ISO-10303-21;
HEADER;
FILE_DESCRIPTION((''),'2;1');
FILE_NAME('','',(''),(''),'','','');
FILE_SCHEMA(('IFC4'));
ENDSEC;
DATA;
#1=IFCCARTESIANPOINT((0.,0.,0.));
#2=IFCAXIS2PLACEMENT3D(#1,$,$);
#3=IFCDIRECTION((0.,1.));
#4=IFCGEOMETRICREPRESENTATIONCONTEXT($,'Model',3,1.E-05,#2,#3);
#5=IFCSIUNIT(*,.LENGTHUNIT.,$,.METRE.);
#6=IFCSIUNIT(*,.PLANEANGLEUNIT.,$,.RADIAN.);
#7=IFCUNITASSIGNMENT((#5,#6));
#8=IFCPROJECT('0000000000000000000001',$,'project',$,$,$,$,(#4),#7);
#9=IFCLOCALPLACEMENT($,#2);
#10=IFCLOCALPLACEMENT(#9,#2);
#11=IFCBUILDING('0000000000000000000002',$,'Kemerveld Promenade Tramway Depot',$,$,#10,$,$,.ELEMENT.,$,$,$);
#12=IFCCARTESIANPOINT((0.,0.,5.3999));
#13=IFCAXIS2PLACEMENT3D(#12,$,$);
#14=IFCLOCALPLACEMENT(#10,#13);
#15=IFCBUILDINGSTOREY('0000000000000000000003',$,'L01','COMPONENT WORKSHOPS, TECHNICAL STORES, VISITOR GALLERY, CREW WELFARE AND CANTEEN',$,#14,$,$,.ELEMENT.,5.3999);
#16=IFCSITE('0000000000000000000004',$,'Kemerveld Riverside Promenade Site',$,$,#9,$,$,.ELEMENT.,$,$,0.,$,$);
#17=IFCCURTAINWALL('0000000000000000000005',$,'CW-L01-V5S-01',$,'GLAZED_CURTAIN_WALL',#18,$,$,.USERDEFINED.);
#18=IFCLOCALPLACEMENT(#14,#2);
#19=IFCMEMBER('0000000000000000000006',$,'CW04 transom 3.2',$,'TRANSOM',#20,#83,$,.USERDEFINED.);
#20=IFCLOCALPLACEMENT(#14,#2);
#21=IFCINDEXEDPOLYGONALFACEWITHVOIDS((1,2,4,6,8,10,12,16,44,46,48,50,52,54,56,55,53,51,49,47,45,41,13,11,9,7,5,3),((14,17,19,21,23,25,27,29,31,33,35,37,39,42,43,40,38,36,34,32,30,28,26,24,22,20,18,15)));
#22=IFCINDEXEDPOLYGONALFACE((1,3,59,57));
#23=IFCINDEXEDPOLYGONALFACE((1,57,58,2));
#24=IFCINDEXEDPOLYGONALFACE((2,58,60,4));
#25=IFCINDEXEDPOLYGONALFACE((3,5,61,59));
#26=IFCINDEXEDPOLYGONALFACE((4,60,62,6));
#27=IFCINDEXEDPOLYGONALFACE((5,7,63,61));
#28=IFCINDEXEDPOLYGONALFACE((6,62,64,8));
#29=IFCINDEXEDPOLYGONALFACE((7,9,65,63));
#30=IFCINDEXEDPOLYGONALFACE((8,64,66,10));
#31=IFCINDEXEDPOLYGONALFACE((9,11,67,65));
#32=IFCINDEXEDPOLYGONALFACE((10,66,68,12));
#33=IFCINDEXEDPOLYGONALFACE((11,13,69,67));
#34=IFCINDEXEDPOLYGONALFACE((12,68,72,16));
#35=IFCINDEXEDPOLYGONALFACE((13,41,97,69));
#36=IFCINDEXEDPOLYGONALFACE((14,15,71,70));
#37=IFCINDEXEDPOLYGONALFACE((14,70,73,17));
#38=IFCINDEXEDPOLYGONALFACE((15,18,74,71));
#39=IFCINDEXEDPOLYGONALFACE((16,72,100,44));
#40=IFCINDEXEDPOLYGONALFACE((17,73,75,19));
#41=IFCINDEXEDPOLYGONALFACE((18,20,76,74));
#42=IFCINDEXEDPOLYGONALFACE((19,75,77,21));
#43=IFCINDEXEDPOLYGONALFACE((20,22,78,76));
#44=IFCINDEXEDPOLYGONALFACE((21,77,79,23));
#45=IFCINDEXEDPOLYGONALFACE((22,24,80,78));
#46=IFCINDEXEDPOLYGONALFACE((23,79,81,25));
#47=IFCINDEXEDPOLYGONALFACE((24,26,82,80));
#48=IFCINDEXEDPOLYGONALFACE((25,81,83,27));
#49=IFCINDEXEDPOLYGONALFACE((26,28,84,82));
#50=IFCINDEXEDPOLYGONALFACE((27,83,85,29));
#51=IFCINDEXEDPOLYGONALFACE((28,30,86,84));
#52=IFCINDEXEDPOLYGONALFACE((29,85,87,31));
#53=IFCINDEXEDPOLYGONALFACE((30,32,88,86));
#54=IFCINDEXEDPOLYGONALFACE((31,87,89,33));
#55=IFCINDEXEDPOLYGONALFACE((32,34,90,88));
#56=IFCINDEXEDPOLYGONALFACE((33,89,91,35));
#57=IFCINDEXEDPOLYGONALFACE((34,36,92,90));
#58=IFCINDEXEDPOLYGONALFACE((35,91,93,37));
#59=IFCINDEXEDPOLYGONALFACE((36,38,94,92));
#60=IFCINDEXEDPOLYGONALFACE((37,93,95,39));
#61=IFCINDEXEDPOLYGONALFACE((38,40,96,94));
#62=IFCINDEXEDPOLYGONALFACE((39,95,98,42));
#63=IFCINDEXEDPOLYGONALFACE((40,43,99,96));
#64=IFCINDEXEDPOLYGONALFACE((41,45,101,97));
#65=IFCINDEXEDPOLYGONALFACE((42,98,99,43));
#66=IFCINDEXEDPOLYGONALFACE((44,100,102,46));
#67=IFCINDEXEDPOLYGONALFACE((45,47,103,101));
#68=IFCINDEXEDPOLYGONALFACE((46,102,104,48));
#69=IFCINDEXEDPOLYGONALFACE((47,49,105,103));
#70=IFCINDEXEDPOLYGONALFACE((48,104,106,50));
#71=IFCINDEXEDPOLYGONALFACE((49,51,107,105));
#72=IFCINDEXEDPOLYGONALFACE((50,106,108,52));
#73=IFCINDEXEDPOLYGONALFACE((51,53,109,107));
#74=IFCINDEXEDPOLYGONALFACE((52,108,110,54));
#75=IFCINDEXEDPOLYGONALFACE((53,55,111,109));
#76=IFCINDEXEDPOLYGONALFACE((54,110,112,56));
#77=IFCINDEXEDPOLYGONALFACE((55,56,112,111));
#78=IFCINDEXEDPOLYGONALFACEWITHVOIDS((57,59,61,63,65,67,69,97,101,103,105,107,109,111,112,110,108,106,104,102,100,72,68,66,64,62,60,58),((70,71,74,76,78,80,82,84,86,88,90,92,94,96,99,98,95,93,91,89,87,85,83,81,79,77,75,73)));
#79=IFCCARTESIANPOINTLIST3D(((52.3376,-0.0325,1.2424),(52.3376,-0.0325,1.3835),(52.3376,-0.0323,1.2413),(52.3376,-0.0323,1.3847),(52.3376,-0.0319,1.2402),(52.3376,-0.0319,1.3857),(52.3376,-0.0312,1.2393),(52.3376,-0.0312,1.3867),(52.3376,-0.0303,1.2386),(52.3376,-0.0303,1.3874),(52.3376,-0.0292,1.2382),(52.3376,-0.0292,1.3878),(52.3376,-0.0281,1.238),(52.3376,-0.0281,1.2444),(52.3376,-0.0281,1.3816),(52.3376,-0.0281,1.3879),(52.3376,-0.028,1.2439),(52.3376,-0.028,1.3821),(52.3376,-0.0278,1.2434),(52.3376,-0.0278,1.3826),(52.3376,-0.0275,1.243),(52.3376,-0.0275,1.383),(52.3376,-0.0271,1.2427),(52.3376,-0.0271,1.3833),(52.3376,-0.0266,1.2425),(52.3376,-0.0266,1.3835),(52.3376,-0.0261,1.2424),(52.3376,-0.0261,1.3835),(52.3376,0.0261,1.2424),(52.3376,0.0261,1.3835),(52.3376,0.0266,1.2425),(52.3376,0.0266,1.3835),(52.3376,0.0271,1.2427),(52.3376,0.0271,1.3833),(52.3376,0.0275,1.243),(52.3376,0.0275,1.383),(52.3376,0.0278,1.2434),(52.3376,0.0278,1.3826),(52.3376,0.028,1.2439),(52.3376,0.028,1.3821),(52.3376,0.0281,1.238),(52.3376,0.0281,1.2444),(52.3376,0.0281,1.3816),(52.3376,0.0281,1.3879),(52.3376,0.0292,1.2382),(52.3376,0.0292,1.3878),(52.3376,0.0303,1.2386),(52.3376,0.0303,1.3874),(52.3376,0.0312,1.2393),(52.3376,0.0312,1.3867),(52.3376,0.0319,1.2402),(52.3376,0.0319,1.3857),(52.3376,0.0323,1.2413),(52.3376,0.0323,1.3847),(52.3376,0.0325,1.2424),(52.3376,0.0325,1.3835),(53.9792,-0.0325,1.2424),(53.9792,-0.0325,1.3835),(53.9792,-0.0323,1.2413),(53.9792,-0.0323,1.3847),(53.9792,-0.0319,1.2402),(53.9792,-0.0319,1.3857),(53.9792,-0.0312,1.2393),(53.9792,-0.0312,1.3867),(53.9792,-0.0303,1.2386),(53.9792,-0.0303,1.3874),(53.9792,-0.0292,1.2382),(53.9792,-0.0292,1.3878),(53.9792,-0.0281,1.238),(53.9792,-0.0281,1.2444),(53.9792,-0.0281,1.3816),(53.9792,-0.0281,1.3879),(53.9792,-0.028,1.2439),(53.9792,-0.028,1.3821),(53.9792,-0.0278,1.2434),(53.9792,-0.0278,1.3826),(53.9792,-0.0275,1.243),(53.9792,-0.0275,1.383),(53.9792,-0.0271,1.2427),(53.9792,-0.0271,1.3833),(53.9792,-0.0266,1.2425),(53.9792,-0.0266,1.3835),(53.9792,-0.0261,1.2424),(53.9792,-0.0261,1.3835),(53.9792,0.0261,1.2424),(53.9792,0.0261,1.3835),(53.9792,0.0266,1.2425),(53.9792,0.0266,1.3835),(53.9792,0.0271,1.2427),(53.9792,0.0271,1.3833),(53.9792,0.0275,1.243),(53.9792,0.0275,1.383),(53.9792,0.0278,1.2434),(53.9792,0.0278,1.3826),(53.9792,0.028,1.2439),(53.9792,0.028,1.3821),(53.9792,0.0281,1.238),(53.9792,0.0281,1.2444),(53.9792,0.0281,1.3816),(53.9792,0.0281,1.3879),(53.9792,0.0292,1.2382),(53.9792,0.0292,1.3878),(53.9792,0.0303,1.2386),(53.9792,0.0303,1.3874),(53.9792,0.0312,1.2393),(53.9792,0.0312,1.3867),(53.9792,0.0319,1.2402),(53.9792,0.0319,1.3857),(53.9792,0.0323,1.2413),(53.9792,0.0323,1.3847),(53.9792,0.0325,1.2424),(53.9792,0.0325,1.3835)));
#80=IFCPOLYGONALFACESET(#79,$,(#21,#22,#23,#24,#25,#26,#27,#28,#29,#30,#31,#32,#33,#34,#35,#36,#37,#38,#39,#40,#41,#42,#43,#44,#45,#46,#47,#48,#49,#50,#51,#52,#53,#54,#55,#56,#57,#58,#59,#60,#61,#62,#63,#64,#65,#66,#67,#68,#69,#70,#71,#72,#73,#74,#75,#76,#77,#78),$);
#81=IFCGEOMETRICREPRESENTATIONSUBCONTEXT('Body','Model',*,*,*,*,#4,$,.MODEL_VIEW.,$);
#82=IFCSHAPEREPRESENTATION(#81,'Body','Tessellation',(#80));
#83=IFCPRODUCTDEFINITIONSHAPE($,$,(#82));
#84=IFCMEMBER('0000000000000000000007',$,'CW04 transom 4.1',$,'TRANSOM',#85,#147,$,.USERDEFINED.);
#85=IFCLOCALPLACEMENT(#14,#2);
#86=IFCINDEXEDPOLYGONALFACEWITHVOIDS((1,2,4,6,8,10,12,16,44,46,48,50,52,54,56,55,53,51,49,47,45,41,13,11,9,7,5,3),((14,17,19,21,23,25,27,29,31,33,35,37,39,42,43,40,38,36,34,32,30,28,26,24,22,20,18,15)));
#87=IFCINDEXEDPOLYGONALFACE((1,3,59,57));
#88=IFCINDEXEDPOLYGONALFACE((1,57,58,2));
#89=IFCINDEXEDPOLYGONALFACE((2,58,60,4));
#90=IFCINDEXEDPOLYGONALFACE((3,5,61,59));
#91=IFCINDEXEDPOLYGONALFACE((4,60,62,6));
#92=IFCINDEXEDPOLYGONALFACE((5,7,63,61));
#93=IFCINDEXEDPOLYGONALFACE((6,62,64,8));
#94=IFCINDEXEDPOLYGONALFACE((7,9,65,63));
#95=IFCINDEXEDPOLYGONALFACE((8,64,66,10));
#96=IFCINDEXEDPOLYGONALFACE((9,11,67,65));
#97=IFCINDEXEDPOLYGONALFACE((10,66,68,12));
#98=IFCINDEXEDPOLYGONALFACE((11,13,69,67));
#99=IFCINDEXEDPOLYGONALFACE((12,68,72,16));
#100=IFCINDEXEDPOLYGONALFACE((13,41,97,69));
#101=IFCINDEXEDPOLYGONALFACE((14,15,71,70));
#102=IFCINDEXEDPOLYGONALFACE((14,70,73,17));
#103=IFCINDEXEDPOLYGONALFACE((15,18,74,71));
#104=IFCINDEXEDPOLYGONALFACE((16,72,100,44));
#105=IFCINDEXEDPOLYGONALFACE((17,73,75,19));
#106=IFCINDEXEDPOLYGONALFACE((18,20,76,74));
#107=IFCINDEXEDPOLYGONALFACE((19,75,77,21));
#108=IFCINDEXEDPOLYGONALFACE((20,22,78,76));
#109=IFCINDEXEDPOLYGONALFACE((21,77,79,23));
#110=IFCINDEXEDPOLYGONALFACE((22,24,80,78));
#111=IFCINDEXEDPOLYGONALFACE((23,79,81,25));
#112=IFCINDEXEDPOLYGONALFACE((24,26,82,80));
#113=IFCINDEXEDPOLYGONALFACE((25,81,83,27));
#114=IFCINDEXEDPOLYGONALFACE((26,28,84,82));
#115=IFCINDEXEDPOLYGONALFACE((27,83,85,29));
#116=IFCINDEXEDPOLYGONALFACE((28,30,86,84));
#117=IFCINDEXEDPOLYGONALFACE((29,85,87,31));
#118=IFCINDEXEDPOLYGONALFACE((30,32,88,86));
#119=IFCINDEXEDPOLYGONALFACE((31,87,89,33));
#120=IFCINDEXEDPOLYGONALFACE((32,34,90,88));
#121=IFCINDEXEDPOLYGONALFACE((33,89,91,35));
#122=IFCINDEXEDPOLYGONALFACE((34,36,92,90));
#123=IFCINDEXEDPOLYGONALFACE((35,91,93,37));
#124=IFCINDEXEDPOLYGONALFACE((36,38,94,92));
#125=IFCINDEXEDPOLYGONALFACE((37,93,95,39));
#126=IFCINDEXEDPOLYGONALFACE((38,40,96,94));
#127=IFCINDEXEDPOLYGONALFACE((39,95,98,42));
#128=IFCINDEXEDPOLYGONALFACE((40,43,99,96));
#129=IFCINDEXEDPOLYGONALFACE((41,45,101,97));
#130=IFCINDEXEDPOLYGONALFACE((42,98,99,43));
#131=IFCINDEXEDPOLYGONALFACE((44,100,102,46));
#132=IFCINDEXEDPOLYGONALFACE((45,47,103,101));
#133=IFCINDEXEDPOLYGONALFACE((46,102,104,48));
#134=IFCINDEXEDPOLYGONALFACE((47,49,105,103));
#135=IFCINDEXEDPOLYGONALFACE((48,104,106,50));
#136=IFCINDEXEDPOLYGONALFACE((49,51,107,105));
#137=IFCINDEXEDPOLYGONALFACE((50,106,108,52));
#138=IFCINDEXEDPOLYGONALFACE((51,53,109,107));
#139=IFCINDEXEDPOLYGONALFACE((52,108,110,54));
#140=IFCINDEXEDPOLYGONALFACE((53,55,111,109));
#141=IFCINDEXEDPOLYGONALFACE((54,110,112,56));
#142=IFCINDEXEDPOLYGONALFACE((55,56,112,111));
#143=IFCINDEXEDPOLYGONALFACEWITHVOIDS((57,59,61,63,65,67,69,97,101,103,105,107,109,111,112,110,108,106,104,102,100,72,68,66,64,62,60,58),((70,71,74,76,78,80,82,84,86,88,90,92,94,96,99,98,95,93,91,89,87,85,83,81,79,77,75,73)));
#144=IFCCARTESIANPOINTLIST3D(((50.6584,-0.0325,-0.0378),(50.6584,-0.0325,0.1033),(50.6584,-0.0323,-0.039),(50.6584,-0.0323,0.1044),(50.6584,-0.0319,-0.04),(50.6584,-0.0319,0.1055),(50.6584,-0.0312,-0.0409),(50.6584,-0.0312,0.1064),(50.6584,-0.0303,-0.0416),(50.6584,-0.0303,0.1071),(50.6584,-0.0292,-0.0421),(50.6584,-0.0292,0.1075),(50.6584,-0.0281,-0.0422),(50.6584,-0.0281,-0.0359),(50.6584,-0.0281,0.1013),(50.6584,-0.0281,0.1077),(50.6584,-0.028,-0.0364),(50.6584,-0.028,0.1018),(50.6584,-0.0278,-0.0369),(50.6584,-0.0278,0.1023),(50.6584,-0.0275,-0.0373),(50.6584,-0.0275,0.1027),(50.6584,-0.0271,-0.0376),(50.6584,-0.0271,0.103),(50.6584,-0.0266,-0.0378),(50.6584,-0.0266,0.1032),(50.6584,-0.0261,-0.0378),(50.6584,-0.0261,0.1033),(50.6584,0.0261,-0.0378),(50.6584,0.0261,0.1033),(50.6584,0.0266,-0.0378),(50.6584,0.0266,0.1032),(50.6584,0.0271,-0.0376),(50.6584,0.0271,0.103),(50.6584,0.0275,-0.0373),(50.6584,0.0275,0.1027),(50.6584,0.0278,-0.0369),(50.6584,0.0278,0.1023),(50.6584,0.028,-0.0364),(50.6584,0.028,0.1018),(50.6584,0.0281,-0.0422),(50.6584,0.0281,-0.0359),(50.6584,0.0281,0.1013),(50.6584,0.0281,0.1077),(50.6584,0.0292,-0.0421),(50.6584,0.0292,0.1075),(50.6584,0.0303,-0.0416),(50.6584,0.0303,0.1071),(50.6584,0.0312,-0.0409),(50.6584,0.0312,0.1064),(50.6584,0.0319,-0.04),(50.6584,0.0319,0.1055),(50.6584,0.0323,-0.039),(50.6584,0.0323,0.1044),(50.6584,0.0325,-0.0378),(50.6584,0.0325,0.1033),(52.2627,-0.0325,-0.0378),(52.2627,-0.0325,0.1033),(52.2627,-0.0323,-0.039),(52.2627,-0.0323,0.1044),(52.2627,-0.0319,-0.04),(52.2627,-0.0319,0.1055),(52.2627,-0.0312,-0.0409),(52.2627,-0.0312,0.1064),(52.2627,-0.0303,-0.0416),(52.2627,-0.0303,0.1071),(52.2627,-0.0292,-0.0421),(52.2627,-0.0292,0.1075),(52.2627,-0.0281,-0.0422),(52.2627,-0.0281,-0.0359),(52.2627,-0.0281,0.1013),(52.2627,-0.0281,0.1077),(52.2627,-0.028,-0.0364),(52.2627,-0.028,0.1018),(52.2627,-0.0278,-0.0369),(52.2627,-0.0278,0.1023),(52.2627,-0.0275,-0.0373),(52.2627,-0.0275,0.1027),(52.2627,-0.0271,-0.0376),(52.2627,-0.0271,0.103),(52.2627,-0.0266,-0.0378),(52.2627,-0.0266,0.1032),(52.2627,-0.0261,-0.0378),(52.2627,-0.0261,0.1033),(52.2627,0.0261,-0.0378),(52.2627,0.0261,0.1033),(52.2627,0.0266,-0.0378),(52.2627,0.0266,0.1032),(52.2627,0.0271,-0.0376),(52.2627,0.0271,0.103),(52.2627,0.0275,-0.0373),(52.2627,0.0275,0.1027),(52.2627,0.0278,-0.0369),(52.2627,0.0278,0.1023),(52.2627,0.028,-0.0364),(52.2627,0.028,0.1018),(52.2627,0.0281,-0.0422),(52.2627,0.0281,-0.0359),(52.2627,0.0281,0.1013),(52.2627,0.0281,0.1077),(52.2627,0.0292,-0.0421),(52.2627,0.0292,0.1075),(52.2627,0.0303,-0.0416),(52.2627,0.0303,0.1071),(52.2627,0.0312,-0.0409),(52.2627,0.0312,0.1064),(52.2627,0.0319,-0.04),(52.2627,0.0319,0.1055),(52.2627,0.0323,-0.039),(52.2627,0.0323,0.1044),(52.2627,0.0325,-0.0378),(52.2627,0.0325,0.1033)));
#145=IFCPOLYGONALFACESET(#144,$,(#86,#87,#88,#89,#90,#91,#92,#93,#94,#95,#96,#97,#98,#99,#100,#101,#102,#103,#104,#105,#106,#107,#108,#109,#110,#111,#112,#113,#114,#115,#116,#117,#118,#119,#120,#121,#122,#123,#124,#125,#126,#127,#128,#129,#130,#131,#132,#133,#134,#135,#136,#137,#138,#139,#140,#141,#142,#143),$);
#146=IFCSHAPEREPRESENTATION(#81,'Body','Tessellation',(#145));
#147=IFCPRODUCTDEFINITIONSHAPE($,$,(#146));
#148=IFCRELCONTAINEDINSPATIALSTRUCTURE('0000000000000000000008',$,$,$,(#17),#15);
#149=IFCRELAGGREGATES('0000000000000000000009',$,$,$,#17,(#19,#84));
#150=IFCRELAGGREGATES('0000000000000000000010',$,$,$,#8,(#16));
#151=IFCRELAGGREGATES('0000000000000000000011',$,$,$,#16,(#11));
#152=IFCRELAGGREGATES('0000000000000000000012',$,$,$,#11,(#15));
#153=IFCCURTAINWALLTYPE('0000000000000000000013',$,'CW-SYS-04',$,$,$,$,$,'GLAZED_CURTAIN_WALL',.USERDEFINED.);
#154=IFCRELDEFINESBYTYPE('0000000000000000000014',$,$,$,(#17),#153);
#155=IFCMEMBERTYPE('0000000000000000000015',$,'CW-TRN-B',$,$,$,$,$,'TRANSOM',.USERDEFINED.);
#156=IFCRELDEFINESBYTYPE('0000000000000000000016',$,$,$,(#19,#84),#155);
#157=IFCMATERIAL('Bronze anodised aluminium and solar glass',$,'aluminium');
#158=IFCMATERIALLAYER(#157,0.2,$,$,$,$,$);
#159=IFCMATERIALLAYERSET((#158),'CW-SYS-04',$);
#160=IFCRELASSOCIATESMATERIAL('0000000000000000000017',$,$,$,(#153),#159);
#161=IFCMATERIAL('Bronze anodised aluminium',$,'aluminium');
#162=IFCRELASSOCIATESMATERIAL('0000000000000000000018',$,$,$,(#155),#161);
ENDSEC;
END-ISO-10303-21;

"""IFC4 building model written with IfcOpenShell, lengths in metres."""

from ifc_helpers import new_model, si_unit, direction, frame, origin, origin_2d, place, context, subcontext, project, spatial, hollow_rectangle, extrude, material, layer, layer_set, material_profile, profile_set, type_object, element, aggregate, save


model = new_model("IFC4")

# Units and contexts
model_context = context("Model", 3, precision=1e-05, world=origin(), true_north=direction((0.0, 1.0)))
body_context = subcontext(model_context, "Body", "Model", "MODEL_VIEW")
ifc_project = project(units=[si_unit("LENGTHUNIT", "METRE"), si_unit("PLANEANGLEUNIT", "RADIAN")], contexts=[model_context])

# Site, building, storey
site_placement = place(None, origin())
site = spatial("IfcSite", under=ifc_project, at=site_placement, Name="Kemerveld Riverside Promenade Site", CompositionType="ELEMENT", RefElevation=0.0)
building_placement = place(site_placement, origin())
building = spatial("IfcBuilding", under=site, at=building_placement, Name="Kemerveld Promenade Tramway Depot", CompositionType="ELEMENT")
storey_placement = place(building_placement, frame((0.0, 0.0, 5.3999)))
storey = spatial("IfcBuildingStorey", under=building, at=storey_placement, Name="L01", Description="COMPONENT WORKSHOPS, TECHNICAL STORES, VISITOR GALLERY, CREW WELFARE AND CANTEEN", CompositionType="ELEMENT", Elevation=5.3999)

# Curtain wall, members
ifc_material_1 = material(Name="Bronze anodised aluminium and solar glass", Category="aluminium")
ifc_layer_1 = layer(ifc_material_1, 0.2)
ifc_layer_set_1 = layer_set([ifc_layer_1], Name="CW-SYS-04")
curtain_wall_type = type_object("IfcCurtainWallType", Name="CW-SYS-04", ElementType="GLAZED_CURTAIN_WALL", PredefinedType="USERDEFINED", material=ifc_layer_set_1)
curtain_wall_placement = place(storey_placement, origin())
curtain_wall = element("IfcCurtainWall", 1, at=curtain_wall_placement, inside=storey, type_object=curtain_wall_type, Name="CW-L01-V5S-01", ObjectType="GLAZED_CURTAIN_WALL", PredefinedType="USERDEFINED")
ifc_material_2 = material(Name="Bronze anodised aluminium", Category="aluminium")
ifc_material_profile_1 = material_profile(ifc_material_2, hollow_rectangle(XDim=0.0649, YDim=0.1499, WallThickness=0.0044, InnerFilletRadius=0.002, OuterFilletRadius=0.0044, at=origin_2d()), Name="CW-TRN-150x65")
ifc_profile_set_1 = profile_set([ifc_material_profile_1], Name="Bronze anodised aluminium")
member_type_1 = type_object("IfcMemberType", Name="CW-TRN-B", ElementType="TRANSOM", PredefinedType="USERDEFINED", material=ifc_profile_set_1)
member_1_placement = place(storey_placement, frame((53.9792, 0.0, 1.313), z_axis=(-1.0, 0.0, 0.0), x_axis=(0.0, -1.0, 0.0)))
member_1 = element("IfcMember", 2, at=member_1_placement, type_object=member_type_1, Name="CW04 transom 3.2", ObjectType="TRANSOM", PredefinedType="USERDEFINED", context=body_context, shape_type="SweptSolid", body=[
    extrude(hollow_rectangle(XDim=0.0649, YDim=0.1499, WallThickness=0.0044, InnerFilletRadius=0.002, OuterFilletRadius=0.0044, at=origin_2d()), origin(), (0.0, 0.0, 1.0), 1.6416),
])
member_2_placement = place(storey_placement, frame((52.2627, 0.0, 0.0327), z_axis=(-1.0, 0.0, 0.0), x_axis=(0.0, -1.0, 0.0)))
member_2 = element("IfcMember", 3, at=member_2_placement, type_object=member_type_1, Name="CW04 transom 4.1", ObjectType="TRANSOM", PredefinedType="USERDEFINED", context=body_context, shape_type="SweptSolid", body=[
    extrude(hollow_rectangle(XDim=0.0649, YDim=0.1499, WallThickness=0.0044, InnerFilletRadius=0.002, OuterFilletRadius=0.0044, at=origin_2d()), origin(), (0.0, 0.0, 1.0), 1.6042),
])
aggregate(curtain_wall, [member_1, member_2])

save(model, "model.ifc")
